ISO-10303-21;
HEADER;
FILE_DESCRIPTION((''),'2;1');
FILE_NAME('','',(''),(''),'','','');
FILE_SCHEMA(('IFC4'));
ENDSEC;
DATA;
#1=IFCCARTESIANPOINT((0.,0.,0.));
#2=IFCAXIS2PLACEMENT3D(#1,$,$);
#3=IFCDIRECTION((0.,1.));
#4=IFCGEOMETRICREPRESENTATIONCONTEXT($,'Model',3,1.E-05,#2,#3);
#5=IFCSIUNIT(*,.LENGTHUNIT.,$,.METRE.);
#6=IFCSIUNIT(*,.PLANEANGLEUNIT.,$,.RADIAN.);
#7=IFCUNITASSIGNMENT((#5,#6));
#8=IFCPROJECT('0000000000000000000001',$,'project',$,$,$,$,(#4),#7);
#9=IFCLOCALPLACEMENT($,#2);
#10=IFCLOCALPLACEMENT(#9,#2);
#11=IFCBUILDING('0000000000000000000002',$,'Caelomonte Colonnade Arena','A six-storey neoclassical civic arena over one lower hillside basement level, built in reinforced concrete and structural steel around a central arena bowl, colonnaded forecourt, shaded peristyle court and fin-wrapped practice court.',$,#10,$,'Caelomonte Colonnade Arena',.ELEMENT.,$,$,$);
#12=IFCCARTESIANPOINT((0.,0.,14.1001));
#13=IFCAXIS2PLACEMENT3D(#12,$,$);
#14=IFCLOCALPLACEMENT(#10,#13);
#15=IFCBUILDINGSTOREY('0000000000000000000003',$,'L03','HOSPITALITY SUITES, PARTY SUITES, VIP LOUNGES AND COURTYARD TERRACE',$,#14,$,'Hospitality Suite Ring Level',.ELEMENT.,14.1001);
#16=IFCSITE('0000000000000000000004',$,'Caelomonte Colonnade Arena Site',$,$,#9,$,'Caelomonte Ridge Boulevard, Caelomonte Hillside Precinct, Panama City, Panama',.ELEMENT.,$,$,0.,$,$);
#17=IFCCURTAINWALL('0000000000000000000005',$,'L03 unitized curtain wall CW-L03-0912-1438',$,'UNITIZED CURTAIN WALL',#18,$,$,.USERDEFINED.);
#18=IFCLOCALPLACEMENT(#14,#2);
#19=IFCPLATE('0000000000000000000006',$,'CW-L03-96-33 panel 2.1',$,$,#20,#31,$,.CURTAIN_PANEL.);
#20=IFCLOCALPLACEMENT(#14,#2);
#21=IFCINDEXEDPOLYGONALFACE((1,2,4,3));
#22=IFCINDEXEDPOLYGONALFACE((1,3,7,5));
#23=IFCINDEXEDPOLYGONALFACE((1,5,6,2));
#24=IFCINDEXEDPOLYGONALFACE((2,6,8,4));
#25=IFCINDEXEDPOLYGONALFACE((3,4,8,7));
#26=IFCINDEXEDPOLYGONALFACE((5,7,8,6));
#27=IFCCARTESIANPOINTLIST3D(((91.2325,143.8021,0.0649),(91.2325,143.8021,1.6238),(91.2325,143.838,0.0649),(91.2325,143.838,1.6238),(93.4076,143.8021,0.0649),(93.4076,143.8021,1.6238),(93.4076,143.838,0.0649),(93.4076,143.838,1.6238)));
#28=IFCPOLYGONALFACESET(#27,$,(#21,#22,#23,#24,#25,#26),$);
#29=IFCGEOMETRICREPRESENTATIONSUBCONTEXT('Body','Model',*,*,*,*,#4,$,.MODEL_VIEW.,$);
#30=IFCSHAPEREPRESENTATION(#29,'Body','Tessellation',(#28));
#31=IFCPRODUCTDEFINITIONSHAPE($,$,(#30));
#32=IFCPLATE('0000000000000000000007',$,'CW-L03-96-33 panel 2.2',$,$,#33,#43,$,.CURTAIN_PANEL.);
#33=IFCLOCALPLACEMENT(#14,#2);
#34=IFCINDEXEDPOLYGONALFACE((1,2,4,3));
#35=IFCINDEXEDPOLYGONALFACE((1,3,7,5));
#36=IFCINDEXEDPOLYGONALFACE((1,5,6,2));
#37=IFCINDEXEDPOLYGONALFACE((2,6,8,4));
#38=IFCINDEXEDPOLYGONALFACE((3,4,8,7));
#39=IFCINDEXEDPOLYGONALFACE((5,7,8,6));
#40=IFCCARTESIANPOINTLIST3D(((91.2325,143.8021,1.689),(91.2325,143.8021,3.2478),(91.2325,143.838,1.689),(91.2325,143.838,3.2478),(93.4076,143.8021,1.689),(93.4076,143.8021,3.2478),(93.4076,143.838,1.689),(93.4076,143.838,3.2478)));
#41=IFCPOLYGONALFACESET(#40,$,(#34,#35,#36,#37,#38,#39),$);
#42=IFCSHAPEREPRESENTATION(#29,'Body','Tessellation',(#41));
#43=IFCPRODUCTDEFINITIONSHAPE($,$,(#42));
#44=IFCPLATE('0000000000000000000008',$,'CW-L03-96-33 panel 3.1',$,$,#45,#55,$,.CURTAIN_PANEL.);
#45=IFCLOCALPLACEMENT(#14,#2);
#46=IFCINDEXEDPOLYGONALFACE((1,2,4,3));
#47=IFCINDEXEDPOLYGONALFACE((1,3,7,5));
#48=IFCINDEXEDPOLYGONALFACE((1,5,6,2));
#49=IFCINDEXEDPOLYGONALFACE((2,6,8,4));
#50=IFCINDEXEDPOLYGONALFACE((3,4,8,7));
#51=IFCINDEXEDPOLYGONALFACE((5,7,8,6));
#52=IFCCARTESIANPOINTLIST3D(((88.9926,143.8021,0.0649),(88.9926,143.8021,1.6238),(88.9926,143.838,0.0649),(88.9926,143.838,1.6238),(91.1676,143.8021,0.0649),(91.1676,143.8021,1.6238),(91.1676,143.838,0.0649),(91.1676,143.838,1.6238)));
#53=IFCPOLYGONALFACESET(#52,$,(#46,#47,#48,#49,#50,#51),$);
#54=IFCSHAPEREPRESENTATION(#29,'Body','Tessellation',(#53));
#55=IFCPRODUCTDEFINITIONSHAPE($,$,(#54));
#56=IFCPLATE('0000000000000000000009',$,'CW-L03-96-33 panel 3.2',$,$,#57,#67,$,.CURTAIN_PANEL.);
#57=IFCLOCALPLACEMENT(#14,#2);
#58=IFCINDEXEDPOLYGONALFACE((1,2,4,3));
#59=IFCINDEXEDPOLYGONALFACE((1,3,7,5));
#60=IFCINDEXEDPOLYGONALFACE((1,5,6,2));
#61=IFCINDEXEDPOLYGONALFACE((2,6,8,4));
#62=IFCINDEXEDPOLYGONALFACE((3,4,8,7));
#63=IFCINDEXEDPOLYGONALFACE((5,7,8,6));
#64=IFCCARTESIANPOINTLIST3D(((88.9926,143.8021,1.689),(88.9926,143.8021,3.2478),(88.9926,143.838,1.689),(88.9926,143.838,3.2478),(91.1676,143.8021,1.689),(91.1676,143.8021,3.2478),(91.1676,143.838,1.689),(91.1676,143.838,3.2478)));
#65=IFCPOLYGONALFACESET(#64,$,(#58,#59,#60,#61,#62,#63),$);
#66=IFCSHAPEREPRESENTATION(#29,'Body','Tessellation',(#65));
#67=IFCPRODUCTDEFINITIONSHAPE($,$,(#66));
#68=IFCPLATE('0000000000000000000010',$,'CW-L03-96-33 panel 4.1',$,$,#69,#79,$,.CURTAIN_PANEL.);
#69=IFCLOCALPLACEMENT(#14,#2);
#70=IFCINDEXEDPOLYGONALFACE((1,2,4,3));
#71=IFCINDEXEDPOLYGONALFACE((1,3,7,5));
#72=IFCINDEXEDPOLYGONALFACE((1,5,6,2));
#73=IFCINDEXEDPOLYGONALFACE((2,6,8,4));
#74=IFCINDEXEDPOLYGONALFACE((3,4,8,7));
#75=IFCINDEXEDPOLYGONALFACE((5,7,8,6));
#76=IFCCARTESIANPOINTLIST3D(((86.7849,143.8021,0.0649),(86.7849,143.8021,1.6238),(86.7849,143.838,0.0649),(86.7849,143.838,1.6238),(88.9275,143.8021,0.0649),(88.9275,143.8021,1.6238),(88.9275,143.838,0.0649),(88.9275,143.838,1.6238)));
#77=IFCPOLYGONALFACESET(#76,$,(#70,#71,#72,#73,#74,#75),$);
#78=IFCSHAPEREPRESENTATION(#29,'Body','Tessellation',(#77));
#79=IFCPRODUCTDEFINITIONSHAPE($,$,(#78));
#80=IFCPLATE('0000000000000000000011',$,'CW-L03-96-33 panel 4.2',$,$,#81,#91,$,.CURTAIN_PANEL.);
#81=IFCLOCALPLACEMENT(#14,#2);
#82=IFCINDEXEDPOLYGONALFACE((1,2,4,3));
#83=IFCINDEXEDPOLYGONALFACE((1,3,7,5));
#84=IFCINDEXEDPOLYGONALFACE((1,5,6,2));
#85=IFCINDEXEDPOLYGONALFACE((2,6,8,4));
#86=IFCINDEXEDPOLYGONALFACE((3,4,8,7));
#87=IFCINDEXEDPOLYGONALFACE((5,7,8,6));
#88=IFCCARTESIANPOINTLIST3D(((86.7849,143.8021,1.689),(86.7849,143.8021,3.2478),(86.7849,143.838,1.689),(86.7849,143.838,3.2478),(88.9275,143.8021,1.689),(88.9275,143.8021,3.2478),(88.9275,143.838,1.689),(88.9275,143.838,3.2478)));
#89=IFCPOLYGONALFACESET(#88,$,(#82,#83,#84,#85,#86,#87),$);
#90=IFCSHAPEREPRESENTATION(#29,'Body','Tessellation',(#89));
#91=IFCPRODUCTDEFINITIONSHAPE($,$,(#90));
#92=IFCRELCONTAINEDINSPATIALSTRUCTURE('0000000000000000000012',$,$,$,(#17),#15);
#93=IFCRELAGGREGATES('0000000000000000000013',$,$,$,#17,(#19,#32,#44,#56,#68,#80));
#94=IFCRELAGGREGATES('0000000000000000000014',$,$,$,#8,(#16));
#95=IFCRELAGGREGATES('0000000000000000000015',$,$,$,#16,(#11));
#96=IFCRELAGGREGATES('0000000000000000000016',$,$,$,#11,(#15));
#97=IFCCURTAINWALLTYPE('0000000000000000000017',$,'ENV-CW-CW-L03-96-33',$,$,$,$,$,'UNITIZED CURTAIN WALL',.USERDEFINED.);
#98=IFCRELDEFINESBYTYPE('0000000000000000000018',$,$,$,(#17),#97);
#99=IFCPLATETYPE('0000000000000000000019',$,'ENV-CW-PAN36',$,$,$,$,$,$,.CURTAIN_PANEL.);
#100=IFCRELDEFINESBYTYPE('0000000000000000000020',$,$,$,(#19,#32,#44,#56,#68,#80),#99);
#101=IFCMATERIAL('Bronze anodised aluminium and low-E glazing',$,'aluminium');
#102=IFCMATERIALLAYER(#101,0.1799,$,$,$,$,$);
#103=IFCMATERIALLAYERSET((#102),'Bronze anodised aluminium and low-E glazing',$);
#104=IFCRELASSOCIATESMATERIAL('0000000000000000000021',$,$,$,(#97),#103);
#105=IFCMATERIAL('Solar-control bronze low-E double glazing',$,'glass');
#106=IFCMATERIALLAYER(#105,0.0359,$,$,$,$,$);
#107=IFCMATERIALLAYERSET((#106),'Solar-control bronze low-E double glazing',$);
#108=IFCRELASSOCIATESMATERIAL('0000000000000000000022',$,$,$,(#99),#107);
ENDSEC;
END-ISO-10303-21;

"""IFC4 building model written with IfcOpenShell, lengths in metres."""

from ifc_helpers import new_model, si_unit, direction, frame, origin, origin_2d, place, context, subcontext, project, spatial, rectangle, extrude, material, layer, layer_set, type_object, element, aggregate, save


model = new_model("IFC4")

# Units and contexts
model_context = context("Model", 3, precision=1e-05, world=origin(), true_north=direction((0.0, 1.0)))
body_context = subcontext(model_context, "Body", "Model", "MODEL_VIEW")
ifc_project = project(units=[si_unit("LENGTHUNIT", "METRE"), si_unit("PLANEANGLEUNIT", "RADIAN")], contexts=[model_context])

# Site, building, storey
site_placement = place(None, origin())
site = spatial("IfcSite", under=ifc_project, at=site_placement, Name="Caelomonte Colonnade Arena Site", LongName="Caelomonte Ridge Boulevard, Caelomonte Hillside Precinct, Panama City, Panama", CompositionType="ELEMENT", RefElevation=0.0)
building_placement = place(site_placement, origin())
building = spatial("IfcBuilding", under=site, at=building_placement, Name="Caelomonte Colonnade Arena", Description="A six-storey neoclassical civic arena over one lower hillside basement level, built in reinforced concrete and structural steel around a central arena bowl, colonnaded forecourt, shaded peristyle court and fin-wrapped practice court.", LongName="Caelomonte Colonnade Arena", CompositionType="ELEMENT")
storey_placement = place(building_placement, frame((0.0, 0.0, 14.1001)))
storey = spatial("IfcBuildingStorey", under=building, at=storey_placement, Name="L03", Description="HOSPITALITY SUITES, PARTY SUITES, VIP LOUNGES AND COURTYARD TERRACE", LongName="Hospitality Suite Ring Level", CompositionType="ELEMENT", Elevation=14.1001)

# Curtain wall, plates
ifc_material_1 = material(Name="Bronze anodised aluminium and low-E glazing", Category="aluminium")
ifc_layer_1 = layer(ifc_material_1, 0.1799)
ifc_layer_set_1 = layer_set([ifc_layer_1], Name="Bronze anodised aluminium and low-E glazing")
curtain_wall_type = type_object("IfcCurtainWallType", Name="ENV-CW-CW-L03-96-33", ElementType="UNITIZED CURTAIN WALL", PredefinedType="USERDEFINED", material=ifc_layer_set_1)
curtain_wall_placement = place(storey_placement, origin())
curtain_wall = element("IfcCurtainWall", 1, at=curtain_wall_placement, inside=storey, type_object=curtain_wall_type, Name="L03 unitized curtain wall CW-L03-0912-1438", ObjectType="UNITIZED CURTAIN WALL", PredefinedType="USERDEFINED")
ifc_material_2 = material(Name="Solar-control bronze low-E double glazing", Category="glass")
ifc_layer_2 = layer(ifc_material_2, 0.0359)
ifc_layer_set_2 = layer_set([ifc_layer_2], Name="Solar-control bronze low-E double glazing")
plate_type = type_object("IfcPlateType", Name="ENV-CW-PAN36", PredefinedType="CURTAIN_PANEL", material=ifc_layer_set_2)
plate_1_placement = place(storey_placement, frame((92.3201, 143.8201, 0.0649), z_axis=(0.0, 0.0, 1.0), x_axis=(-1.0, 0.0, 0.0)))
plate_1 = element("IfcPlate", 2, at=plate_1_placement, type_object=plate_type, Name="CW-L03-96-33 panel 2.1", PredefinedType="CURTAIN_PANEL", context=body_context, shape_type="SweptSolid", body=[
    extrude(rectangle(XDim=2.175, YDim=0.0359, at=origin_2d()), origin(), (0.0, 0.0, 1.0), 1.5588),
])
plate_2_placement = place(storey_placement, frame((92.3201, 143.8201, 1.689), z_axis=(0.0, 0.0, 1.0), x_axis=(-1.0, 0.0, 0.0)))
plate_2 = element("IfcPlate", 3, at=plate_2_placement, type_object=plate_type, Name="CW-L03-96-33 panel 2.2", PredefinedType="CURTAIN_PANEL", context=body_context, shape_type="SweptSolid", body=[
    extrude(rectangle(XDim=2.175, YDim=0.0359, at=origin_2d()), origin(), (0.0, 0.0, 1.0), 1.5588),
])
plate_3_placement = place(storey_placement, frame((90.0801, 143.8201, 0.0649), z_axis=(0.0, 0.0, 1.0), x_axis=(-1.0, 0.0, 0.0)))
plate_3 = element("IfcPlate", 4, at=plate_3_placement, type_object=plate_type, Name="CW-L03-96-33 panel 3.1", PredefinedType="CURTAIN_PANEL", context=body_context, shape_type="SweptSolid", body=[
    extrude(rectangle(XDim=2.175, YDim=0.0359, at=origin_2d()), origin(), (0.0, 0.0, 1.0), 1.5588),
])
plate_4_placement = place(storey_placement, frame((90.0801, 143.8201, 1.689), z_axis=(0.0, 0.0, 1.0), x_axis=(-1.0, 0.0, 0.0)))
plate_4 = element("IfcPlate", 5, at=plate_4_placement, type_object=plate_type, Name="CW-L03-96-33 panel 3.2", PredefinedType="CURTAIN_PANEL", context=body_context, shape_type="SweptSolid", body=[
    extrude(rectangle(XDim=2.175, YDim=0.0359, at=origin_2d()), origin(), (0.0, 0.0, 1.0), 1.5588),
])
plate_5_placement = place(storey_placement, frame((87.8562, 143.8201, 0.0649), z_axis=(0.0, 0.0, 1.0), x_axis=(-1.0, 0.0, 0.0)))
plate_5 = element("IfcPlate", 6, at=plate_5_placement, type_object=plate_type, Name="CW-L03-96-33 panel 4.1", PredefinedType="CURTAIN_PANEL", context=body_context, shape_type="SweptSolid", body=[
    extrude(rectangle(XDim=2.1426, YDim=0.0359, at=origin_2d()), origin(), (0.0, 0.0, 1.0), 1.5588),
])
plate_6_placement = place(storey_placement, frame((87.8562, 143.8201, 1.689), z_axis=(0.0, 0.0, 1.0), x_axis=(-1.0, 0.0, 0.0)))
plate_6 = element("IfcPlate", 7, at=plate_6_placement, type_object=plate_type, Name="CW-L03-96-33 panel 4.2", PredefinedType="CURTAIN_PANEL", context=body_context, shape_type="SweptSolid", body=[
    extrude(rectangle(XDim=2.1426, YDim=0.0359, at=origin_2d()), origin(), (0.0, 0.0, 1.0), 1.5588),
])
aggregate(curtain_wall, [plate_1, plate_2, plate_3, plate_4, plate_5, plate_6])

save(model, "model.ifc")
